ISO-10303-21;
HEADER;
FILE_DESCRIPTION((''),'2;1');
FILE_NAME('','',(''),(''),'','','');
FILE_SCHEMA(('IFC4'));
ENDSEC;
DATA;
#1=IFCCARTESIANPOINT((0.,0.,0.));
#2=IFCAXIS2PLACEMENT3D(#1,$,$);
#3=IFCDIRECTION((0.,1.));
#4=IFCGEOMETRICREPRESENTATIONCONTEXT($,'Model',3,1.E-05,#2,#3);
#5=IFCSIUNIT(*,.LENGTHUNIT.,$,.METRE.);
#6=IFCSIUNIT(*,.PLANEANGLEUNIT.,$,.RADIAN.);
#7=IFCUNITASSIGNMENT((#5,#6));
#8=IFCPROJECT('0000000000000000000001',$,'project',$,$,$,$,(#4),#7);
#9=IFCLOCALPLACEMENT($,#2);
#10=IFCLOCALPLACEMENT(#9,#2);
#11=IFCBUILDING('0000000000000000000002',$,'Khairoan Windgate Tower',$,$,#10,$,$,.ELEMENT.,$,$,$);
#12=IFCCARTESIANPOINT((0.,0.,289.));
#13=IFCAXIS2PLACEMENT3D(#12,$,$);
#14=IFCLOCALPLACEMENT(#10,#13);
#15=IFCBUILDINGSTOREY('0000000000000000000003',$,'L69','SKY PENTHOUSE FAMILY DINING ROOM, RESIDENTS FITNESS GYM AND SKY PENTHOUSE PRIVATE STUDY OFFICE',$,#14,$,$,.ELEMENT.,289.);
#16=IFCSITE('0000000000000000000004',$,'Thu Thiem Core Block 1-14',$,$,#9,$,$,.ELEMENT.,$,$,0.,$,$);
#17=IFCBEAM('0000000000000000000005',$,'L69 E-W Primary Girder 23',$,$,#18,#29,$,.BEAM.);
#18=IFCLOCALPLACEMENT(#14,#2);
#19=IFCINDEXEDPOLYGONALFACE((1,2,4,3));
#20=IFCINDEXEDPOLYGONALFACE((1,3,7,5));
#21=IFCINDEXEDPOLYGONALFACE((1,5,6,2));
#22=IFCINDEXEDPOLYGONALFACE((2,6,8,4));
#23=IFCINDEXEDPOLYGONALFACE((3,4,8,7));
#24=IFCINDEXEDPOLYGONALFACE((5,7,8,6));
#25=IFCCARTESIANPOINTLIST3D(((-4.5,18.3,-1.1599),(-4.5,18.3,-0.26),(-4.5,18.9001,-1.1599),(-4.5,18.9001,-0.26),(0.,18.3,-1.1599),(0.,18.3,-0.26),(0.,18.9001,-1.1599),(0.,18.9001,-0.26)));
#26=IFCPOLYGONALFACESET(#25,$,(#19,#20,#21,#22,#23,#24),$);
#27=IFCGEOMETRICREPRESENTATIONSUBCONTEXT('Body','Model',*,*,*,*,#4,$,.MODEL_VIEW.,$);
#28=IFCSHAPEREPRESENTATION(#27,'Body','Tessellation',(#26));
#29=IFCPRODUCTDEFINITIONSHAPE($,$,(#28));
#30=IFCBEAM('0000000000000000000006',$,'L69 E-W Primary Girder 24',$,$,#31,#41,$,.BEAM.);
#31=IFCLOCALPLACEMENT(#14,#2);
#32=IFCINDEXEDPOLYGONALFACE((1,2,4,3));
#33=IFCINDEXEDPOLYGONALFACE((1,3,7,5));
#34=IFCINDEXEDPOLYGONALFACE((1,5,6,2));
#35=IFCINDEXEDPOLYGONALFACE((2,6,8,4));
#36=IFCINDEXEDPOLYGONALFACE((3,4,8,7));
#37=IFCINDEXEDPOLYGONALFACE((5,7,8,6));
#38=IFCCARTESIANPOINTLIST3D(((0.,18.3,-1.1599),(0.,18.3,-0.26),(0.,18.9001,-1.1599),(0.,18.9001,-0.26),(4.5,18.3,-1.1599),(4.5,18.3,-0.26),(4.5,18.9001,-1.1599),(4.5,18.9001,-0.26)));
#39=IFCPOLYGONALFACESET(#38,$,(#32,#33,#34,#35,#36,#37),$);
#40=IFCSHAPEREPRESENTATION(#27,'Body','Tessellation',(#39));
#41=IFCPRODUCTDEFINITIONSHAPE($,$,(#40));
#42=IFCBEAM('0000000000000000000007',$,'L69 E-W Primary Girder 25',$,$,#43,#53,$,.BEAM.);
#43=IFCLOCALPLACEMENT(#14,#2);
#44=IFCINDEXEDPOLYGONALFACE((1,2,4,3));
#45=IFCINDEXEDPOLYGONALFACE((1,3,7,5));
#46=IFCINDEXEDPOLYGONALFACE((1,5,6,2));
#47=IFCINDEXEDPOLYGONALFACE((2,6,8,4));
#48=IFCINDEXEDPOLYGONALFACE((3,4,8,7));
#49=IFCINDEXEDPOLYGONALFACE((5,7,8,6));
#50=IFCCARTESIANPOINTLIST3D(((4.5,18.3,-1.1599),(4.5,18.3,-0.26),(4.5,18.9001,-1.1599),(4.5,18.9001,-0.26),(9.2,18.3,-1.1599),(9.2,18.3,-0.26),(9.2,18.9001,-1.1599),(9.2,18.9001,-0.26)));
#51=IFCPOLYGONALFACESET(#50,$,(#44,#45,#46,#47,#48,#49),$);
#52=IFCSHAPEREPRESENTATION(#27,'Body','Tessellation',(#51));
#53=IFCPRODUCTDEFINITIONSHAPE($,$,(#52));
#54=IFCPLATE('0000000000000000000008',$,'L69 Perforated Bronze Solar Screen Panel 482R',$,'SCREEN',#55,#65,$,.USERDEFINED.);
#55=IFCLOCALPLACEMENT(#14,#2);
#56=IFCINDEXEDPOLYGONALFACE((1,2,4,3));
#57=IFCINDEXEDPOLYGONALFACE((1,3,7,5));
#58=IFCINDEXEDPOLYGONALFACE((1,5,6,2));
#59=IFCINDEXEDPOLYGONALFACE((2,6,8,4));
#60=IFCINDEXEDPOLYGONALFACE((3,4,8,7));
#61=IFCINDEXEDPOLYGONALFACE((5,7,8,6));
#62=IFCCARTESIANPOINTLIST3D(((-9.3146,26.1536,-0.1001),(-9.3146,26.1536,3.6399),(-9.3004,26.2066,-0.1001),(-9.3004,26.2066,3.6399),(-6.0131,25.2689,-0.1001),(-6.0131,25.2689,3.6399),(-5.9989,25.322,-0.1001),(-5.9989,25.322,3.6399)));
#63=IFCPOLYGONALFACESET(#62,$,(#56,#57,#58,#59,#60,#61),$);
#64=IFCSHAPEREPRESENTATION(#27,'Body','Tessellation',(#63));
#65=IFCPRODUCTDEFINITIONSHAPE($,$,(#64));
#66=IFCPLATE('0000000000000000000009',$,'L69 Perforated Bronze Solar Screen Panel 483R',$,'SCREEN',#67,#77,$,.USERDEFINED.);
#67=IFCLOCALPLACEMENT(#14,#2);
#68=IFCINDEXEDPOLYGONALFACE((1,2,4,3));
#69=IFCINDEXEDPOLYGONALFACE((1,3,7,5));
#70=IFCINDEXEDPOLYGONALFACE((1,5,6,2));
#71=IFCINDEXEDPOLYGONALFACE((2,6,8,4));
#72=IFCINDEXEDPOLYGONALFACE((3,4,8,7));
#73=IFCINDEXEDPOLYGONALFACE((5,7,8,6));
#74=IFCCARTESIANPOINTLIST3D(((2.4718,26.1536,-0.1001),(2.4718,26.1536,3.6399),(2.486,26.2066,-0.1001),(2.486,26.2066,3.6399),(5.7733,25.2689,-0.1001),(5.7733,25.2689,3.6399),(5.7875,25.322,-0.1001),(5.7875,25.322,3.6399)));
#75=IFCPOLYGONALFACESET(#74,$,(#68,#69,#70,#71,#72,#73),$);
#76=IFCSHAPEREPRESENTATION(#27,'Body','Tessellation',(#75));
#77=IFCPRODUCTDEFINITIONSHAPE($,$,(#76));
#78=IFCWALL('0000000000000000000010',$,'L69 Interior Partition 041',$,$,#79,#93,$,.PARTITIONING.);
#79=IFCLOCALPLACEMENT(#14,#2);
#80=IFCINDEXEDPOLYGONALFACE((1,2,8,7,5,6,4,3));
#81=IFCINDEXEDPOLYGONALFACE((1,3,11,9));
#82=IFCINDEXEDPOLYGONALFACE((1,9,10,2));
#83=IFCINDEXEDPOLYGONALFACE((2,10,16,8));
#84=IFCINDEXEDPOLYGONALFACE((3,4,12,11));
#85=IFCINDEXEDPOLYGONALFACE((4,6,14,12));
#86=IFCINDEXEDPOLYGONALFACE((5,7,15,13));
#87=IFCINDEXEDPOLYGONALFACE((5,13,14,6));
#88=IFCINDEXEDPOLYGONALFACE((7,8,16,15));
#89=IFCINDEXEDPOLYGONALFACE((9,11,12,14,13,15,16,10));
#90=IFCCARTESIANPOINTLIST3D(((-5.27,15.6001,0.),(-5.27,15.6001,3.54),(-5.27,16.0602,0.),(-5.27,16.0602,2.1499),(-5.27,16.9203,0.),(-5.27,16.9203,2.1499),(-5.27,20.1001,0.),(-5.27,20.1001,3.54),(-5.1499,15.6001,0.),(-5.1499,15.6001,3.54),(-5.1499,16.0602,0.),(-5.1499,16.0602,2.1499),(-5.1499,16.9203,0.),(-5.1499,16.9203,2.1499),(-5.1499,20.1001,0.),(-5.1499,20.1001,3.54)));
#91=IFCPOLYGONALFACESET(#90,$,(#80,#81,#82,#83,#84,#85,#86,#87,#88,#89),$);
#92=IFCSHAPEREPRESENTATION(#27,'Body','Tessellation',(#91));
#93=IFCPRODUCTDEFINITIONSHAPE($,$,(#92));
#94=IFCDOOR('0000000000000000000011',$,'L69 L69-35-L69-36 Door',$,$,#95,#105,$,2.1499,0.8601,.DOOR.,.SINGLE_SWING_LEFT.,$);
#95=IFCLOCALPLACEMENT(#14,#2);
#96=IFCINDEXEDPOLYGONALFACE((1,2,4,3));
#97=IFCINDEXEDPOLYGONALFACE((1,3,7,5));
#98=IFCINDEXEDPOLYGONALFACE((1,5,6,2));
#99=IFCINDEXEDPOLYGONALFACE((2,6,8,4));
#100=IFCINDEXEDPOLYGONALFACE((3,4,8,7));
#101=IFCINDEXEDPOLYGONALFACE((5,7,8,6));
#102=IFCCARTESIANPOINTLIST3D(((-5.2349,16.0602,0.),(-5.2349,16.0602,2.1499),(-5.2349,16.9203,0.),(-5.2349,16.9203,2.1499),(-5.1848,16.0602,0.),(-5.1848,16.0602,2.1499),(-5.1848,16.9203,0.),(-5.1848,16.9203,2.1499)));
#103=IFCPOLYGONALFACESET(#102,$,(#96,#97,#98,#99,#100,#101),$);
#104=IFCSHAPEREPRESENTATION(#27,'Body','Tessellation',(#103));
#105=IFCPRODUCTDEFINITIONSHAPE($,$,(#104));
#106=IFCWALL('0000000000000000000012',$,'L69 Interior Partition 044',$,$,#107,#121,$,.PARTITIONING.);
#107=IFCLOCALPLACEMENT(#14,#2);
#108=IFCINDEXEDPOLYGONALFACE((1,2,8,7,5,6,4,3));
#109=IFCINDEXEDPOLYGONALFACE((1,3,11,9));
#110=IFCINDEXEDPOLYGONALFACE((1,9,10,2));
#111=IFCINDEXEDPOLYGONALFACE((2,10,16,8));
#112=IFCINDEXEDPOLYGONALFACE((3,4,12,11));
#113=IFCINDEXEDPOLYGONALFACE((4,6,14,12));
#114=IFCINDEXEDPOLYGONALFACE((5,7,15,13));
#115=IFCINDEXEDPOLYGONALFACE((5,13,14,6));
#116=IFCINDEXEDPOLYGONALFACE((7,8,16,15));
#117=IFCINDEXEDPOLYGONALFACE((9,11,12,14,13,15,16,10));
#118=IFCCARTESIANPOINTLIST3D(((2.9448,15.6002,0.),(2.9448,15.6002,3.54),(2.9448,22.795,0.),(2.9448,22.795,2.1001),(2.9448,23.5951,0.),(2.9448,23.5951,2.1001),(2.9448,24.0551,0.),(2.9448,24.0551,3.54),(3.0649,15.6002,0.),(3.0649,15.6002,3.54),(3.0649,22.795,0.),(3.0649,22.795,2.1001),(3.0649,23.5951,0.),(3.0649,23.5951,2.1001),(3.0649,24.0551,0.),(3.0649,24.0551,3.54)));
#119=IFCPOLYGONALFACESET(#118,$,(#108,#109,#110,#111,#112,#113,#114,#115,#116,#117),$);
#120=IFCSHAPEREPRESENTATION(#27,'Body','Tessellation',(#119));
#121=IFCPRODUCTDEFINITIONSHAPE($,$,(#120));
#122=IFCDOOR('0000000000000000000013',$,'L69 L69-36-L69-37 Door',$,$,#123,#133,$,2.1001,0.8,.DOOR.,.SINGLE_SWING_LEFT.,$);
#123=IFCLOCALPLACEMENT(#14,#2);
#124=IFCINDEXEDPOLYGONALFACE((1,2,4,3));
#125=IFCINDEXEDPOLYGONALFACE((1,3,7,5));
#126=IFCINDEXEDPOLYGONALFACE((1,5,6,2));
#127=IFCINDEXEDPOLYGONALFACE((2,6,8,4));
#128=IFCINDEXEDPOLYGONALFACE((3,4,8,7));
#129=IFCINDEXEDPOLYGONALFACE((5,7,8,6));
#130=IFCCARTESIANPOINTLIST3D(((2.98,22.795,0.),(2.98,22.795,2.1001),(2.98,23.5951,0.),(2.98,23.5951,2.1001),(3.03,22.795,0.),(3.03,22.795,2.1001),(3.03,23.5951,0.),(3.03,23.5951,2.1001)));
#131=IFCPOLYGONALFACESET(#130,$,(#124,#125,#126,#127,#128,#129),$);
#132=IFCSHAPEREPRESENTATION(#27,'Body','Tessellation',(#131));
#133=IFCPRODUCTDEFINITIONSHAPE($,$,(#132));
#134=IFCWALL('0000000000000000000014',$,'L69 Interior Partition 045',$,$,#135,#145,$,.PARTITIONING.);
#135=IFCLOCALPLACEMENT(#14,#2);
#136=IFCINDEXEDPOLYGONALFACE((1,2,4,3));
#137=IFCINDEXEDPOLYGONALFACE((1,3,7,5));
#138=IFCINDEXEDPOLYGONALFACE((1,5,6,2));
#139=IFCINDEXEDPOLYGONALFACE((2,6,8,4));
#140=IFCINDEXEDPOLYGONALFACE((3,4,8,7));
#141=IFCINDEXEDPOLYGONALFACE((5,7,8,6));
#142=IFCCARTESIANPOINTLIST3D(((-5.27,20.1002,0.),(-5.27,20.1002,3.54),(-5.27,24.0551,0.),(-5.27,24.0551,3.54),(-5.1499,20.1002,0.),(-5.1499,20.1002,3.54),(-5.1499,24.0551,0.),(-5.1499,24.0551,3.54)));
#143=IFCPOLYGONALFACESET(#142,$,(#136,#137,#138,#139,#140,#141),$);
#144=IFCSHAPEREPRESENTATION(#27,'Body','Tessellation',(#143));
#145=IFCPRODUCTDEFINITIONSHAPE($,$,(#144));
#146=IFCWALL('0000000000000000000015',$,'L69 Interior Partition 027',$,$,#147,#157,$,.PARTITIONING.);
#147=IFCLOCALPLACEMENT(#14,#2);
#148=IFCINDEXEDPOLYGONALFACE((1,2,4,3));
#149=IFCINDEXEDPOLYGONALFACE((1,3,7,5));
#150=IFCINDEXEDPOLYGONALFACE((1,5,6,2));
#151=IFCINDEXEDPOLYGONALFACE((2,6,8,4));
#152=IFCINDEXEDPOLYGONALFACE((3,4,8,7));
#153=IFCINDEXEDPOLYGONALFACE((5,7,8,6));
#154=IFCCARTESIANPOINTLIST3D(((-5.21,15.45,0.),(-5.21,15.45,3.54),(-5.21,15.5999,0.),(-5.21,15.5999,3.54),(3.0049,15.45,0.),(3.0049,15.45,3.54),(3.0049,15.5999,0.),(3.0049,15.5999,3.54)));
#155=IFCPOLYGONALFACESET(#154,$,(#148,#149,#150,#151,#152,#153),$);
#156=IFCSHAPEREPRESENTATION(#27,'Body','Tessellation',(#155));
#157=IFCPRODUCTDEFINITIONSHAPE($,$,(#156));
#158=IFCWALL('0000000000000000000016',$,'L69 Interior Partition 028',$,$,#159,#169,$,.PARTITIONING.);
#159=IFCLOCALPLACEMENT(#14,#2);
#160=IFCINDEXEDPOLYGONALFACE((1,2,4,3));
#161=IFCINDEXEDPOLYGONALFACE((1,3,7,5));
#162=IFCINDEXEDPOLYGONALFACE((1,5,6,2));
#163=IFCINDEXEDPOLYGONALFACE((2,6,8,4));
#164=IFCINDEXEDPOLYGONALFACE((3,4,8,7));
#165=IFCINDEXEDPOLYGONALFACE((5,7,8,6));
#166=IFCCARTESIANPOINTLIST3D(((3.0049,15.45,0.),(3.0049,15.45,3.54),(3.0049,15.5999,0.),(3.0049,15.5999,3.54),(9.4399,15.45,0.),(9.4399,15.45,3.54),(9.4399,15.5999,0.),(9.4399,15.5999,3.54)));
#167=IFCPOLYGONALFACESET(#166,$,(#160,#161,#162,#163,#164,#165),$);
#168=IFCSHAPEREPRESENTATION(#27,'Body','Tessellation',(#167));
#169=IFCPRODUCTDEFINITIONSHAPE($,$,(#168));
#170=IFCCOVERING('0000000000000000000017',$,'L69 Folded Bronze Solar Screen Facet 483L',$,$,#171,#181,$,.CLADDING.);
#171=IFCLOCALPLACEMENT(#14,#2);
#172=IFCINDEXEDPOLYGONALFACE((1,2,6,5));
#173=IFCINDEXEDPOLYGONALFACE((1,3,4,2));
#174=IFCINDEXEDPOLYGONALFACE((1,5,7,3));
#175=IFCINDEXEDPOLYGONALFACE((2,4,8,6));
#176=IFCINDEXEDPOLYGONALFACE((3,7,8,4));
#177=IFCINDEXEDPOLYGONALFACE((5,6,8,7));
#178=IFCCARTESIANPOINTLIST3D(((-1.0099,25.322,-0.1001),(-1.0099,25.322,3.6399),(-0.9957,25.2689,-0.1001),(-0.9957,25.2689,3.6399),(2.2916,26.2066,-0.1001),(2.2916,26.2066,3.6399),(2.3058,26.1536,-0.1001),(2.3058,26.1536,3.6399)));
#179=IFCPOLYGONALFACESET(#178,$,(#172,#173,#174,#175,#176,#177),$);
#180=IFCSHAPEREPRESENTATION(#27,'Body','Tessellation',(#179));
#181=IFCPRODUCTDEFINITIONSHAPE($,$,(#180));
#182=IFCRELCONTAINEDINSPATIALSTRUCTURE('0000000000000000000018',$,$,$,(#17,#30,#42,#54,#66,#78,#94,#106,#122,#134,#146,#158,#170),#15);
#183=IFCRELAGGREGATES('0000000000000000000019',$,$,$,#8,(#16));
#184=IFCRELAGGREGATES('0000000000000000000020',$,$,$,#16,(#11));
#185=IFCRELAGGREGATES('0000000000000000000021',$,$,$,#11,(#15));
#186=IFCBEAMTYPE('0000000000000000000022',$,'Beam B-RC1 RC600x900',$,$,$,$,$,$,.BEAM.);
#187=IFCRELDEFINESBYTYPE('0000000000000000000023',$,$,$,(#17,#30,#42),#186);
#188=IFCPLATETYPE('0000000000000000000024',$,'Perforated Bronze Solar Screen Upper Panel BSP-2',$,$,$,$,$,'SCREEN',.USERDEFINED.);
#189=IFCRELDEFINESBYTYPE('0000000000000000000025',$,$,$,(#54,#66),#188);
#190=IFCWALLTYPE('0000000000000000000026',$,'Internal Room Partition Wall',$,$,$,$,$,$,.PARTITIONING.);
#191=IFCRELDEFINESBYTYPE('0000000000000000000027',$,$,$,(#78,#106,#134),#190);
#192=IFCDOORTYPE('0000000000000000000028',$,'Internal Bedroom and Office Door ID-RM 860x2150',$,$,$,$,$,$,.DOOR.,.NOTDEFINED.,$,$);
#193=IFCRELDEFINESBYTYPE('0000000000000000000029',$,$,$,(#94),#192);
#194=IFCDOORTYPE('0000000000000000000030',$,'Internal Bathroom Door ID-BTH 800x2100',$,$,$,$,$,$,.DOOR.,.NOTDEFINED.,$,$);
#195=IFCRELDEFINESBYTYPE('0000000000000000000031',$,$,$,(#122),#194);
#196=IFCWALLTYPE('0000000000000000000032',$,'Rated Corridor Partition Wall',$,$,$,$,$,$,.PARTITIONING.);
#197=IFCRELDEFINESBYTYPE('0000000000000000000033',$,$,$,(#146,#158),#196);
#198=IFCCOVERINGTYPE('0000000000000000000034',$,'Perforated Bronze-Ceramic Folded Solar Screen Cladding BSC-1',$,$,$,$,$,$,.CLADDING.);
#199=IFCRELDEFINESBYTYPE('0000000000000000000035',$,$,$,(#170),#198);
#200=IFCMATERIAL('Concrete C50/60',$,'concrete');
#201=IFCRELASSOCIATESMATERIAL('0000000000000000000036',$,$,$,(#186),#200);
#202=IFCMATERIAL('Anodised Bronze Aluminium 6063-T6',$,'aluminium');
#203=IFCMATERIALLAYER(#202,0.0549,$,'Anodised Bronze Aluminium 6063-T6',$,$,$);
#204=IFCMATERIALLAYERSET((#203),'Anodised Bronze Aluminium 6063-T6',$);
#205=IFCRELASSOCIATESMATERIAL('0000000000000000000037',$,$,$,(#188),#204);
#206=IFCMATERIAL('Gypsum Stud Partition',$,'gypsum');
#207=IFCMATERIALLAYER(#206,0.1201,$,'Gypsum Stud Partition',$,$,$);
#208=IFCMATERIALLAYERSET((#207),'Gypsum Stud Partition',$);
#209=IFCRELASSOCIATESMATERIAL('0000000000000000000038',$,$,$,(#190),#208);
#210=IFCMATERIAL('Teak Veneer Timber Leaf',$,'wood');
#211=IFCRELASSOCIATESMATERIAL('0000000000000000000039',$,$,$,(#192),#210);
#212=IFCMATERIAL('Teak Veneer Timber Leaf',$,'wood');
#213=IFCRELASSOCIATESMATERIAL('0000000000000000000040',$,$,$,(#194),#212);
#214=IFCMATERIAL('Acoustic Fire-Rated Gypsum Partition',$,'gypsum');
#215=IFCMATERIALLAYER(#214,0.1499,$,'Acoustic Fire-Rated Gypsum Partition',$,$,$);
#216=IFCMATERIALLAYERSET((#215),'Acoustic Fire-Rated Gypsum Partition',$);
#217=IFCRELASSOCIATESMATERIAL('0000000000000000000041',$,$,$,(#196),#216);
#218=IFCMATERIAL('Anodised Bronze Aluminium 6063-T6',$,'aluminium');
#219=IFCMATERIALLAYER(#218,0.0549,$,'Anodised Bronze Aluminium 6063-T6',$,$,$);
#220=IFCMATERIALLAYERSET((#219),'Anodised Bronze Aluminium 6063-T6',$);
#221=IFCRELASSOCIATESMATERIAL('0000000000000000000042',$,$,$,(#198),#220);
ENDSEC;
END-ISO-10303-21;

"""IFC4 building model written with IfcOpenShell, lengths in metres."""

from ifc_helpers import new_model, si_unit, direction, frame, frame_2d, origin, origin_2d, place, context, subcontext, project, spatial, rectangle, extrude, material, layer, layer_set, material_profile, profile_set, type_object, element, fill, save


model = new_model("IFC4")

# Units and contexts
model_context = context("Model", 3, precision=1e-05, world=origin(), true_north=direction((0.0, 1.0)))
body_context = subcontext(model_context, "Body", "Model", "MODEL_VIEW")
ifc_project = project(units=[si_unit("LENGTHUNIT", "METRE"), si_unit("PLANEANGLEUNIT", "RADIAN")], contexts=[model_context])

# Site, building, storey
site_placement = place(None, origin())
site = spatial("IfcSite", under=ifc_project, at=site_placement, Name="Thu Thiem Core Block 1-14", CompositionType="ELEMENT", RefElevation=0.0)
building_placement = place(site_placement, origin())
building = spatial("IfcBuilding", under=site, at=building_placement, Name="Khairoan Windgate Tower", CompositionType="ELEMENT")
storey_placement = place(building_placement, frame((0.0, 0.0, 289.0)))
storey = spatial("IfcBuildingStorey", under=building, at=storey_placement, Name="L69", Description="SKY PENTHOUSE FAMILY DINING ROOM, RESIDENTS FITNESS GYM AND SKY PENTHOUSE PRIVATE STUDY OFFICE", CompositionType="ELEMENT", Elevation=289.0)

# Beams
ifc_material_1 = material(Name="Concrete C50/60", Category="concrete")
ifc_material_profile_1 = material_profile(ifc_material_1, rectangle(XDim=0.6001, YDim=0.8999, at=origin_2d()))
ifc_profile_set_1 = profile_set([ifc_material_profile_1], Name="Concrete C50/60")
beam_type = type_object("IfcBeamType", Name="Beam B-RC1 RC600x900", PredefinedType="BEAM", material=ifc_profile_set_1)
for number, where, z_axis, x_axis, name in (
    (1, (-4.5, 18.6001, -0.71), (1.0, 0.0, 0.0), (0.0, 1.0, 0.0), "L69 E-W Primary Girder 23"),
    (2, (0.0, 18.6001, -0.71), (1.0, 0.0, 0.0), (0.0, 1.0, 0.0), "L69 E-W Primary Girder 24"),
):
    element("IfcBeam", number, at=place(storey_placement, frame(where, z_axis=z_axis, x_axis=x_axis)), inside=storey, type_object=beam_type, Name=name, PredefinedType="BEAM", context=body_context, shape_type="SweptSolid", body=[
        extrude(rectangle(XDim=0.6001, YDim=0.8999, at=origin_2d()), origin(), (0.0, 0.0, 1.0), 4.5),
    ])
beam_1_placement = place(storey_placement, frame((4.5, 18.6001, -0.71), z_axis=(1.0, 0.0, 0.0), x_axis=(0.0, 1.0, 0.0)))
element("IfcBeam", 3, at=beam_1_placement, inside=storey, type_object=beam_type, Name="L69 E-W Primary Girder 25", PredefinedType="BEAM", context=body_context, shape_type="SweptSolid", body=[
    extrude(rectangle(XDim=0.6001, YDim=0.8999, at=origin_2d()), origin(), (0.0, 0.0, 1.0), 4.7),
])

# Plates
ifc_material_2 = material(Name="Anodised Bronze Aluminium 6063-T6", Category="aluminium")
ifc_layer_1 = layer(ifc_material_2, 0.0549, Name="Anodised Bronze Aluminium 6063-T6")
ifc_layer_set_1 = layer_set([ifc_layer_1], Name="Anodised Bronze Aluminium 6063-T6")
plate_type = type_object("IfcPlateType", Name="Perforated Bronze Solar Screen Upper Panel BSP-2", ElementType="SCREEN", PredefinedType="USERDEFINED", material=ifc_layer_set_1)
for number, where, z_axis, x_axis, name in (
    (4, (-7.6567, 25.7378, -0.1001), (0.0, 0.0, 1.0), (0.965926, -0.258819, 0.0), "L69 Perforated Bronze Solar Screen Panel 482R"),
    (5, (4.1296, 25.7378, -0.1001), (0.0, 0.0, 1.0), (0.965926, -0.258819, 0.0), "L69 Perforated Bronze Solar Screen Panel 483R"),
):
    element("IfcPlate", number, at=place(storey_placement, frame(where, z_axis=z_axis, x_axis=x_axis)), inside=storey, type_object=plate_type, Name=name, ObjectType="SCREEN", PredefinedType="USERDEFINED", context=body_context, shape_type="SweptSolid", body=[
        extrude(rectangle(XDim=3.418, YDim=0.0549, at=origin_2d()), origin(), (0.0, 0.0, 1.0), 3.74),
    ])

# Walls, openings, doors
ifc_material_3 = material(Name="Gypsum Stud Partition", Category="gypsum")
ifc_layer_2 = layer(ifc_material_3, 0.1201, Name="Gypsum Stud Partition")
ifc_layer_set_2 = layer_set([ifc_layer_2], Name="Gypsum Stud Partition")
wall_type_1 = type_object("IfcWallType", Name="Internal Room Partition Wall", PredefinedType="PARTITIONING", material=ifc_layer_set_2)
wall_1_placement = place(storey_placement, frame((-5.21, 15.6001, 0.0), z_axis=(0.0, 0.0, 1.0), x_axis=(0.0, 1.0, 0.0)))
wall_1 = element("IfcWall", 6, at=wall_1_placement, inside=storey, type_object=wall_type_1, Name="L69 Interior Partition 041", PredefinedType="PARTITIONING", context=body_context, shape_type="SweptSolid", body=[
    extrude(rectangle(XDim=4.5, YDim=0.1201, at=frame_2d((2.25, 0.0))), origin(), (0.0, 0.0, 1.0), 3.54),
])
opening_1_placement = place(wall_1_placement, frame((0.46, 0.0, 0.0)))
opening_1 = element("IfcOpeningElement", 7, at=opening_1_placement, cuts=wall_1, PredefinedType="OPENING", context=body_context, shape_type="SweptSolid", body=[
    extrude(rectangle(XDim=0.8601, YDim=2.1499, at=frame_2d((0.4302, 1.075))), frame((0.0, 0.0701, 0.0), z_axis=(0.0, -1.0, 0.0), x_axis=(1.0, 0.0, 0.0)), (0.0, 0.0, 1.0), 0.1401),
])
ifc_material_4 = material(Name="Teak Veneer Timber Leaf", Category="wood")
door_type_1 = type_object("IfcDoorType", Name="Internal Bedroom and Office Door ID-RM 860x2150", OperationType="NOTDEFINED", PredefinedType="DOOR", material=ifc_material_4)
door_1_placement = place(opening_1_placement, origin())
door_1 = element("IfcDoor", 8, at=door_1_placement, inside=storey, type_object=door_type_1, Name="L69 L69-35-L69-36 Door", OperationType="SINGLE_SWING_LEFT", OverallHeight=2.1499, OverallWidth=0.8601, PredefinedType="DOOR", context=body_context, shape_type="SweptSolid", body=[
    extrude(rectangle(XDim=0.8601, YDim=2.1499, at=frame_2d((0.4302, 1.075))), frame((0.0, 0.0249, 0.0), z_axis=(0.0, -1.0, 0.0), x_axis=(1.0, 0.0, 0.0)), (0.0, 0.0, 1.0), 0.05),
])
fill(opening_1, door_1)
wall_2_placement = place(storey_placement, frame((3.0049, 15.6001, 0.0), z_axis=(0.0, 0.0, 1.0), x_axis=(0.0, 1.0, 0.0)))
wall_2 = element("IfcWall", 9, at=wall_2_placement, inside=storey, type_object=wall_type_1, Name="L69 Interior Partition 044", PredefinedType="PARTITIONING", context=body_context, shape_type="SweptSolid", body=[
    extrude(rectangle(XDim=8.4548, YDim=0.1201, at=frame_2d((4.2275, 0.0))), origin(), (0.0, 0.0, 1.0), 3.54),
])
opening_2_placement = place(wall_2_placement, frame((7.1951, 0.0, 0.0)))
opening_2 = element("IfcOpeningElement", 10, at=opening_2_placement, cuts=wall_2, PredefinedType="OPENING", context=body_context, shape_type="SweptSolid", body=[
    extrude(rectangle(XDim=0.8, YDim=2.1001, at=frame_2d((0.3999, 1.05))), frame((0.0, 0.0701, 0.0), z_axis=(0.0, -1.0, 0.0), x_axis=(1.0, 0.0, 0.0)), (0.0, 0.0, 1.0), 0.1401),
])
ifc_material_5 = material(Name="Teak Veneer Timber Leaf", Category="wood")
door_type_2 = type_object("IfcDoorType", Name="Internal Bathroom Door ID-BTH 800x2100", OperationType="NOTDEFINED", PredefinedType="DOOR", material=ifc_material_5)
door_2_placement = place(opening_2_placement, origin())
door_2 = element("IfcDoor", 11, at=door_2_placement, inside=storey, type_object=door_type_2, Name="L69 L69-36-L69-37 Door", OperationType="SINGLE_SWING_LEFT", OverallHeight=2.1001, OverallWidth=0.8, PredefinedType="DOOR", context=body_context, shape_type="SweptSolid", body=[
    extrude(rectangle(XDim=0.8, YDim=2.1001, at=frame_2d((0.3999, 1.05))), frame((0.0, 0.0249, 0.0), z_axis=(0.0, -1.0, 0.0), x_axis=(1.0, 0.0, 0.0)), (0.0, 0.0, 1.0), 0.05),
])
fill(opening_2, door_2)

# Walls
wall_3_placement = place(storey_placement, frame((-5.21, 20.1001, 0.0), z_axis=(0.0, 0.0, 1.0), x_axis=(0.0, 1.0, 0.0)))
element("IfcWall", 12, at=wall_3_placement, inside=storey, type_object=wall_type_1, Name="L69 Interior Partition 045", PredefinedType="PARTITIONING", context=body_context, shape_type="SweptSolid", body=[
    extrude(rectangle(XDim=3.9548, YDim=0.1201, at=frame_2d((1.9775, 0.0))), origin(), (0.0, 0.0, 1.0), 3.54),
])
ifc_material_6 = material(Name="Acoustic Fire-Rated Gypsum Partition", Category="gypsum")
ifc_layer_3 = layer(ifc_material_6, 0.1499, Name="Acoustic Fire-Rated Gypsum Partition")
ifc_layer_set_3 = layer_set([ifc_layer_3], Name="Acoustic Fire-Rated Gypsum Partition")
wall_type_2 = type_object("IfcWallType", Name="Rated Corridor Partition Wall", PredefinedType="PARTITIONING", material=ifc_layer_set_3)
wall_4_placement = place(storey_placement, frame((-5.21, 15.5249, 0.0), z_axis=(0.0, 0.0, 1.0), x_axis=(1.0, 0.0, 0.0)))
element("IfcWall", 13, at=wall_4_placement, inside=storey, type_object=wall_type_2, Name="L69 Interior Partition 027", PredefinedType="PARTITIONING", context=body_context, shape_type="SweptSolid", body=[
    extrude(rectangle(XDim=8.2148, YDim=0.1499, at=frame_2d((4.1074, 0.0))), origin(), (0.0, 0.0, 1.0), 3.54),
])
wall_5_placement = place(storey_placement, frame((3.0049, 15.5249, 0.0), z_axis=(0.0, 0.0, 1.0), x_axis=(1.0, 0.0, 0.0)))
element("IfcWall", 14, at=wall_5_placement, inside=storey, type_object=wall_type_2, Name="L69 Interior Partition 028", PredefinedType="PARTITIONING", context=body_context, shape_type="SweptSolid", body=[
    extrude(rectangle(XDim=6.4351, YDim=0.1499, at=frame_2d((3.2175, 0.0))), origin(), (0.0, 0.0, 1.0), 3.54),
])

# Covering
ifc_material_7 = material(Name="Anodised Bronze Aluminium 6063-T6", Category="aluminium")
ifc_layer_4 = layer(ifc_material_7, 0.0549, Name="Anodised Bronze Aluminium 6063-T6")
ifc_layer_set_4 = layer_set([ifc_layer_4], Name="Anodised Bronze Aluminium 6063-T6")
covering_type = type_object("IfcCoveringType", Name="Perforated Bronze-Ceramic Folded Solar Screen Cladding BSC-1", PredefinedType="CLADDING", material=ifc_layer_set_4)
covering_placement = place(storey_placement, frame((0.6479, 25.7378, -0.1001), z_axis=(0.0, 0.0, 1.0), x_axis=(0.965926, 0.258819, 0.0)))
element("IfcCovering", 15, at=covering_placement, inside=storey, type_object=covering_type, Name="L69 Folded Bronze Solar Screen Facet 483L", PredefinedType="CLADDING", context=body_context, shape_type="SweptSolid", body=[
    extrude(rectangle(XDim=3.418, YDim=0.0549, at=origin_2d()), origin(), (0.0, 0.0, 1.0), 3.74),
])

save(model, "model.ifc")
